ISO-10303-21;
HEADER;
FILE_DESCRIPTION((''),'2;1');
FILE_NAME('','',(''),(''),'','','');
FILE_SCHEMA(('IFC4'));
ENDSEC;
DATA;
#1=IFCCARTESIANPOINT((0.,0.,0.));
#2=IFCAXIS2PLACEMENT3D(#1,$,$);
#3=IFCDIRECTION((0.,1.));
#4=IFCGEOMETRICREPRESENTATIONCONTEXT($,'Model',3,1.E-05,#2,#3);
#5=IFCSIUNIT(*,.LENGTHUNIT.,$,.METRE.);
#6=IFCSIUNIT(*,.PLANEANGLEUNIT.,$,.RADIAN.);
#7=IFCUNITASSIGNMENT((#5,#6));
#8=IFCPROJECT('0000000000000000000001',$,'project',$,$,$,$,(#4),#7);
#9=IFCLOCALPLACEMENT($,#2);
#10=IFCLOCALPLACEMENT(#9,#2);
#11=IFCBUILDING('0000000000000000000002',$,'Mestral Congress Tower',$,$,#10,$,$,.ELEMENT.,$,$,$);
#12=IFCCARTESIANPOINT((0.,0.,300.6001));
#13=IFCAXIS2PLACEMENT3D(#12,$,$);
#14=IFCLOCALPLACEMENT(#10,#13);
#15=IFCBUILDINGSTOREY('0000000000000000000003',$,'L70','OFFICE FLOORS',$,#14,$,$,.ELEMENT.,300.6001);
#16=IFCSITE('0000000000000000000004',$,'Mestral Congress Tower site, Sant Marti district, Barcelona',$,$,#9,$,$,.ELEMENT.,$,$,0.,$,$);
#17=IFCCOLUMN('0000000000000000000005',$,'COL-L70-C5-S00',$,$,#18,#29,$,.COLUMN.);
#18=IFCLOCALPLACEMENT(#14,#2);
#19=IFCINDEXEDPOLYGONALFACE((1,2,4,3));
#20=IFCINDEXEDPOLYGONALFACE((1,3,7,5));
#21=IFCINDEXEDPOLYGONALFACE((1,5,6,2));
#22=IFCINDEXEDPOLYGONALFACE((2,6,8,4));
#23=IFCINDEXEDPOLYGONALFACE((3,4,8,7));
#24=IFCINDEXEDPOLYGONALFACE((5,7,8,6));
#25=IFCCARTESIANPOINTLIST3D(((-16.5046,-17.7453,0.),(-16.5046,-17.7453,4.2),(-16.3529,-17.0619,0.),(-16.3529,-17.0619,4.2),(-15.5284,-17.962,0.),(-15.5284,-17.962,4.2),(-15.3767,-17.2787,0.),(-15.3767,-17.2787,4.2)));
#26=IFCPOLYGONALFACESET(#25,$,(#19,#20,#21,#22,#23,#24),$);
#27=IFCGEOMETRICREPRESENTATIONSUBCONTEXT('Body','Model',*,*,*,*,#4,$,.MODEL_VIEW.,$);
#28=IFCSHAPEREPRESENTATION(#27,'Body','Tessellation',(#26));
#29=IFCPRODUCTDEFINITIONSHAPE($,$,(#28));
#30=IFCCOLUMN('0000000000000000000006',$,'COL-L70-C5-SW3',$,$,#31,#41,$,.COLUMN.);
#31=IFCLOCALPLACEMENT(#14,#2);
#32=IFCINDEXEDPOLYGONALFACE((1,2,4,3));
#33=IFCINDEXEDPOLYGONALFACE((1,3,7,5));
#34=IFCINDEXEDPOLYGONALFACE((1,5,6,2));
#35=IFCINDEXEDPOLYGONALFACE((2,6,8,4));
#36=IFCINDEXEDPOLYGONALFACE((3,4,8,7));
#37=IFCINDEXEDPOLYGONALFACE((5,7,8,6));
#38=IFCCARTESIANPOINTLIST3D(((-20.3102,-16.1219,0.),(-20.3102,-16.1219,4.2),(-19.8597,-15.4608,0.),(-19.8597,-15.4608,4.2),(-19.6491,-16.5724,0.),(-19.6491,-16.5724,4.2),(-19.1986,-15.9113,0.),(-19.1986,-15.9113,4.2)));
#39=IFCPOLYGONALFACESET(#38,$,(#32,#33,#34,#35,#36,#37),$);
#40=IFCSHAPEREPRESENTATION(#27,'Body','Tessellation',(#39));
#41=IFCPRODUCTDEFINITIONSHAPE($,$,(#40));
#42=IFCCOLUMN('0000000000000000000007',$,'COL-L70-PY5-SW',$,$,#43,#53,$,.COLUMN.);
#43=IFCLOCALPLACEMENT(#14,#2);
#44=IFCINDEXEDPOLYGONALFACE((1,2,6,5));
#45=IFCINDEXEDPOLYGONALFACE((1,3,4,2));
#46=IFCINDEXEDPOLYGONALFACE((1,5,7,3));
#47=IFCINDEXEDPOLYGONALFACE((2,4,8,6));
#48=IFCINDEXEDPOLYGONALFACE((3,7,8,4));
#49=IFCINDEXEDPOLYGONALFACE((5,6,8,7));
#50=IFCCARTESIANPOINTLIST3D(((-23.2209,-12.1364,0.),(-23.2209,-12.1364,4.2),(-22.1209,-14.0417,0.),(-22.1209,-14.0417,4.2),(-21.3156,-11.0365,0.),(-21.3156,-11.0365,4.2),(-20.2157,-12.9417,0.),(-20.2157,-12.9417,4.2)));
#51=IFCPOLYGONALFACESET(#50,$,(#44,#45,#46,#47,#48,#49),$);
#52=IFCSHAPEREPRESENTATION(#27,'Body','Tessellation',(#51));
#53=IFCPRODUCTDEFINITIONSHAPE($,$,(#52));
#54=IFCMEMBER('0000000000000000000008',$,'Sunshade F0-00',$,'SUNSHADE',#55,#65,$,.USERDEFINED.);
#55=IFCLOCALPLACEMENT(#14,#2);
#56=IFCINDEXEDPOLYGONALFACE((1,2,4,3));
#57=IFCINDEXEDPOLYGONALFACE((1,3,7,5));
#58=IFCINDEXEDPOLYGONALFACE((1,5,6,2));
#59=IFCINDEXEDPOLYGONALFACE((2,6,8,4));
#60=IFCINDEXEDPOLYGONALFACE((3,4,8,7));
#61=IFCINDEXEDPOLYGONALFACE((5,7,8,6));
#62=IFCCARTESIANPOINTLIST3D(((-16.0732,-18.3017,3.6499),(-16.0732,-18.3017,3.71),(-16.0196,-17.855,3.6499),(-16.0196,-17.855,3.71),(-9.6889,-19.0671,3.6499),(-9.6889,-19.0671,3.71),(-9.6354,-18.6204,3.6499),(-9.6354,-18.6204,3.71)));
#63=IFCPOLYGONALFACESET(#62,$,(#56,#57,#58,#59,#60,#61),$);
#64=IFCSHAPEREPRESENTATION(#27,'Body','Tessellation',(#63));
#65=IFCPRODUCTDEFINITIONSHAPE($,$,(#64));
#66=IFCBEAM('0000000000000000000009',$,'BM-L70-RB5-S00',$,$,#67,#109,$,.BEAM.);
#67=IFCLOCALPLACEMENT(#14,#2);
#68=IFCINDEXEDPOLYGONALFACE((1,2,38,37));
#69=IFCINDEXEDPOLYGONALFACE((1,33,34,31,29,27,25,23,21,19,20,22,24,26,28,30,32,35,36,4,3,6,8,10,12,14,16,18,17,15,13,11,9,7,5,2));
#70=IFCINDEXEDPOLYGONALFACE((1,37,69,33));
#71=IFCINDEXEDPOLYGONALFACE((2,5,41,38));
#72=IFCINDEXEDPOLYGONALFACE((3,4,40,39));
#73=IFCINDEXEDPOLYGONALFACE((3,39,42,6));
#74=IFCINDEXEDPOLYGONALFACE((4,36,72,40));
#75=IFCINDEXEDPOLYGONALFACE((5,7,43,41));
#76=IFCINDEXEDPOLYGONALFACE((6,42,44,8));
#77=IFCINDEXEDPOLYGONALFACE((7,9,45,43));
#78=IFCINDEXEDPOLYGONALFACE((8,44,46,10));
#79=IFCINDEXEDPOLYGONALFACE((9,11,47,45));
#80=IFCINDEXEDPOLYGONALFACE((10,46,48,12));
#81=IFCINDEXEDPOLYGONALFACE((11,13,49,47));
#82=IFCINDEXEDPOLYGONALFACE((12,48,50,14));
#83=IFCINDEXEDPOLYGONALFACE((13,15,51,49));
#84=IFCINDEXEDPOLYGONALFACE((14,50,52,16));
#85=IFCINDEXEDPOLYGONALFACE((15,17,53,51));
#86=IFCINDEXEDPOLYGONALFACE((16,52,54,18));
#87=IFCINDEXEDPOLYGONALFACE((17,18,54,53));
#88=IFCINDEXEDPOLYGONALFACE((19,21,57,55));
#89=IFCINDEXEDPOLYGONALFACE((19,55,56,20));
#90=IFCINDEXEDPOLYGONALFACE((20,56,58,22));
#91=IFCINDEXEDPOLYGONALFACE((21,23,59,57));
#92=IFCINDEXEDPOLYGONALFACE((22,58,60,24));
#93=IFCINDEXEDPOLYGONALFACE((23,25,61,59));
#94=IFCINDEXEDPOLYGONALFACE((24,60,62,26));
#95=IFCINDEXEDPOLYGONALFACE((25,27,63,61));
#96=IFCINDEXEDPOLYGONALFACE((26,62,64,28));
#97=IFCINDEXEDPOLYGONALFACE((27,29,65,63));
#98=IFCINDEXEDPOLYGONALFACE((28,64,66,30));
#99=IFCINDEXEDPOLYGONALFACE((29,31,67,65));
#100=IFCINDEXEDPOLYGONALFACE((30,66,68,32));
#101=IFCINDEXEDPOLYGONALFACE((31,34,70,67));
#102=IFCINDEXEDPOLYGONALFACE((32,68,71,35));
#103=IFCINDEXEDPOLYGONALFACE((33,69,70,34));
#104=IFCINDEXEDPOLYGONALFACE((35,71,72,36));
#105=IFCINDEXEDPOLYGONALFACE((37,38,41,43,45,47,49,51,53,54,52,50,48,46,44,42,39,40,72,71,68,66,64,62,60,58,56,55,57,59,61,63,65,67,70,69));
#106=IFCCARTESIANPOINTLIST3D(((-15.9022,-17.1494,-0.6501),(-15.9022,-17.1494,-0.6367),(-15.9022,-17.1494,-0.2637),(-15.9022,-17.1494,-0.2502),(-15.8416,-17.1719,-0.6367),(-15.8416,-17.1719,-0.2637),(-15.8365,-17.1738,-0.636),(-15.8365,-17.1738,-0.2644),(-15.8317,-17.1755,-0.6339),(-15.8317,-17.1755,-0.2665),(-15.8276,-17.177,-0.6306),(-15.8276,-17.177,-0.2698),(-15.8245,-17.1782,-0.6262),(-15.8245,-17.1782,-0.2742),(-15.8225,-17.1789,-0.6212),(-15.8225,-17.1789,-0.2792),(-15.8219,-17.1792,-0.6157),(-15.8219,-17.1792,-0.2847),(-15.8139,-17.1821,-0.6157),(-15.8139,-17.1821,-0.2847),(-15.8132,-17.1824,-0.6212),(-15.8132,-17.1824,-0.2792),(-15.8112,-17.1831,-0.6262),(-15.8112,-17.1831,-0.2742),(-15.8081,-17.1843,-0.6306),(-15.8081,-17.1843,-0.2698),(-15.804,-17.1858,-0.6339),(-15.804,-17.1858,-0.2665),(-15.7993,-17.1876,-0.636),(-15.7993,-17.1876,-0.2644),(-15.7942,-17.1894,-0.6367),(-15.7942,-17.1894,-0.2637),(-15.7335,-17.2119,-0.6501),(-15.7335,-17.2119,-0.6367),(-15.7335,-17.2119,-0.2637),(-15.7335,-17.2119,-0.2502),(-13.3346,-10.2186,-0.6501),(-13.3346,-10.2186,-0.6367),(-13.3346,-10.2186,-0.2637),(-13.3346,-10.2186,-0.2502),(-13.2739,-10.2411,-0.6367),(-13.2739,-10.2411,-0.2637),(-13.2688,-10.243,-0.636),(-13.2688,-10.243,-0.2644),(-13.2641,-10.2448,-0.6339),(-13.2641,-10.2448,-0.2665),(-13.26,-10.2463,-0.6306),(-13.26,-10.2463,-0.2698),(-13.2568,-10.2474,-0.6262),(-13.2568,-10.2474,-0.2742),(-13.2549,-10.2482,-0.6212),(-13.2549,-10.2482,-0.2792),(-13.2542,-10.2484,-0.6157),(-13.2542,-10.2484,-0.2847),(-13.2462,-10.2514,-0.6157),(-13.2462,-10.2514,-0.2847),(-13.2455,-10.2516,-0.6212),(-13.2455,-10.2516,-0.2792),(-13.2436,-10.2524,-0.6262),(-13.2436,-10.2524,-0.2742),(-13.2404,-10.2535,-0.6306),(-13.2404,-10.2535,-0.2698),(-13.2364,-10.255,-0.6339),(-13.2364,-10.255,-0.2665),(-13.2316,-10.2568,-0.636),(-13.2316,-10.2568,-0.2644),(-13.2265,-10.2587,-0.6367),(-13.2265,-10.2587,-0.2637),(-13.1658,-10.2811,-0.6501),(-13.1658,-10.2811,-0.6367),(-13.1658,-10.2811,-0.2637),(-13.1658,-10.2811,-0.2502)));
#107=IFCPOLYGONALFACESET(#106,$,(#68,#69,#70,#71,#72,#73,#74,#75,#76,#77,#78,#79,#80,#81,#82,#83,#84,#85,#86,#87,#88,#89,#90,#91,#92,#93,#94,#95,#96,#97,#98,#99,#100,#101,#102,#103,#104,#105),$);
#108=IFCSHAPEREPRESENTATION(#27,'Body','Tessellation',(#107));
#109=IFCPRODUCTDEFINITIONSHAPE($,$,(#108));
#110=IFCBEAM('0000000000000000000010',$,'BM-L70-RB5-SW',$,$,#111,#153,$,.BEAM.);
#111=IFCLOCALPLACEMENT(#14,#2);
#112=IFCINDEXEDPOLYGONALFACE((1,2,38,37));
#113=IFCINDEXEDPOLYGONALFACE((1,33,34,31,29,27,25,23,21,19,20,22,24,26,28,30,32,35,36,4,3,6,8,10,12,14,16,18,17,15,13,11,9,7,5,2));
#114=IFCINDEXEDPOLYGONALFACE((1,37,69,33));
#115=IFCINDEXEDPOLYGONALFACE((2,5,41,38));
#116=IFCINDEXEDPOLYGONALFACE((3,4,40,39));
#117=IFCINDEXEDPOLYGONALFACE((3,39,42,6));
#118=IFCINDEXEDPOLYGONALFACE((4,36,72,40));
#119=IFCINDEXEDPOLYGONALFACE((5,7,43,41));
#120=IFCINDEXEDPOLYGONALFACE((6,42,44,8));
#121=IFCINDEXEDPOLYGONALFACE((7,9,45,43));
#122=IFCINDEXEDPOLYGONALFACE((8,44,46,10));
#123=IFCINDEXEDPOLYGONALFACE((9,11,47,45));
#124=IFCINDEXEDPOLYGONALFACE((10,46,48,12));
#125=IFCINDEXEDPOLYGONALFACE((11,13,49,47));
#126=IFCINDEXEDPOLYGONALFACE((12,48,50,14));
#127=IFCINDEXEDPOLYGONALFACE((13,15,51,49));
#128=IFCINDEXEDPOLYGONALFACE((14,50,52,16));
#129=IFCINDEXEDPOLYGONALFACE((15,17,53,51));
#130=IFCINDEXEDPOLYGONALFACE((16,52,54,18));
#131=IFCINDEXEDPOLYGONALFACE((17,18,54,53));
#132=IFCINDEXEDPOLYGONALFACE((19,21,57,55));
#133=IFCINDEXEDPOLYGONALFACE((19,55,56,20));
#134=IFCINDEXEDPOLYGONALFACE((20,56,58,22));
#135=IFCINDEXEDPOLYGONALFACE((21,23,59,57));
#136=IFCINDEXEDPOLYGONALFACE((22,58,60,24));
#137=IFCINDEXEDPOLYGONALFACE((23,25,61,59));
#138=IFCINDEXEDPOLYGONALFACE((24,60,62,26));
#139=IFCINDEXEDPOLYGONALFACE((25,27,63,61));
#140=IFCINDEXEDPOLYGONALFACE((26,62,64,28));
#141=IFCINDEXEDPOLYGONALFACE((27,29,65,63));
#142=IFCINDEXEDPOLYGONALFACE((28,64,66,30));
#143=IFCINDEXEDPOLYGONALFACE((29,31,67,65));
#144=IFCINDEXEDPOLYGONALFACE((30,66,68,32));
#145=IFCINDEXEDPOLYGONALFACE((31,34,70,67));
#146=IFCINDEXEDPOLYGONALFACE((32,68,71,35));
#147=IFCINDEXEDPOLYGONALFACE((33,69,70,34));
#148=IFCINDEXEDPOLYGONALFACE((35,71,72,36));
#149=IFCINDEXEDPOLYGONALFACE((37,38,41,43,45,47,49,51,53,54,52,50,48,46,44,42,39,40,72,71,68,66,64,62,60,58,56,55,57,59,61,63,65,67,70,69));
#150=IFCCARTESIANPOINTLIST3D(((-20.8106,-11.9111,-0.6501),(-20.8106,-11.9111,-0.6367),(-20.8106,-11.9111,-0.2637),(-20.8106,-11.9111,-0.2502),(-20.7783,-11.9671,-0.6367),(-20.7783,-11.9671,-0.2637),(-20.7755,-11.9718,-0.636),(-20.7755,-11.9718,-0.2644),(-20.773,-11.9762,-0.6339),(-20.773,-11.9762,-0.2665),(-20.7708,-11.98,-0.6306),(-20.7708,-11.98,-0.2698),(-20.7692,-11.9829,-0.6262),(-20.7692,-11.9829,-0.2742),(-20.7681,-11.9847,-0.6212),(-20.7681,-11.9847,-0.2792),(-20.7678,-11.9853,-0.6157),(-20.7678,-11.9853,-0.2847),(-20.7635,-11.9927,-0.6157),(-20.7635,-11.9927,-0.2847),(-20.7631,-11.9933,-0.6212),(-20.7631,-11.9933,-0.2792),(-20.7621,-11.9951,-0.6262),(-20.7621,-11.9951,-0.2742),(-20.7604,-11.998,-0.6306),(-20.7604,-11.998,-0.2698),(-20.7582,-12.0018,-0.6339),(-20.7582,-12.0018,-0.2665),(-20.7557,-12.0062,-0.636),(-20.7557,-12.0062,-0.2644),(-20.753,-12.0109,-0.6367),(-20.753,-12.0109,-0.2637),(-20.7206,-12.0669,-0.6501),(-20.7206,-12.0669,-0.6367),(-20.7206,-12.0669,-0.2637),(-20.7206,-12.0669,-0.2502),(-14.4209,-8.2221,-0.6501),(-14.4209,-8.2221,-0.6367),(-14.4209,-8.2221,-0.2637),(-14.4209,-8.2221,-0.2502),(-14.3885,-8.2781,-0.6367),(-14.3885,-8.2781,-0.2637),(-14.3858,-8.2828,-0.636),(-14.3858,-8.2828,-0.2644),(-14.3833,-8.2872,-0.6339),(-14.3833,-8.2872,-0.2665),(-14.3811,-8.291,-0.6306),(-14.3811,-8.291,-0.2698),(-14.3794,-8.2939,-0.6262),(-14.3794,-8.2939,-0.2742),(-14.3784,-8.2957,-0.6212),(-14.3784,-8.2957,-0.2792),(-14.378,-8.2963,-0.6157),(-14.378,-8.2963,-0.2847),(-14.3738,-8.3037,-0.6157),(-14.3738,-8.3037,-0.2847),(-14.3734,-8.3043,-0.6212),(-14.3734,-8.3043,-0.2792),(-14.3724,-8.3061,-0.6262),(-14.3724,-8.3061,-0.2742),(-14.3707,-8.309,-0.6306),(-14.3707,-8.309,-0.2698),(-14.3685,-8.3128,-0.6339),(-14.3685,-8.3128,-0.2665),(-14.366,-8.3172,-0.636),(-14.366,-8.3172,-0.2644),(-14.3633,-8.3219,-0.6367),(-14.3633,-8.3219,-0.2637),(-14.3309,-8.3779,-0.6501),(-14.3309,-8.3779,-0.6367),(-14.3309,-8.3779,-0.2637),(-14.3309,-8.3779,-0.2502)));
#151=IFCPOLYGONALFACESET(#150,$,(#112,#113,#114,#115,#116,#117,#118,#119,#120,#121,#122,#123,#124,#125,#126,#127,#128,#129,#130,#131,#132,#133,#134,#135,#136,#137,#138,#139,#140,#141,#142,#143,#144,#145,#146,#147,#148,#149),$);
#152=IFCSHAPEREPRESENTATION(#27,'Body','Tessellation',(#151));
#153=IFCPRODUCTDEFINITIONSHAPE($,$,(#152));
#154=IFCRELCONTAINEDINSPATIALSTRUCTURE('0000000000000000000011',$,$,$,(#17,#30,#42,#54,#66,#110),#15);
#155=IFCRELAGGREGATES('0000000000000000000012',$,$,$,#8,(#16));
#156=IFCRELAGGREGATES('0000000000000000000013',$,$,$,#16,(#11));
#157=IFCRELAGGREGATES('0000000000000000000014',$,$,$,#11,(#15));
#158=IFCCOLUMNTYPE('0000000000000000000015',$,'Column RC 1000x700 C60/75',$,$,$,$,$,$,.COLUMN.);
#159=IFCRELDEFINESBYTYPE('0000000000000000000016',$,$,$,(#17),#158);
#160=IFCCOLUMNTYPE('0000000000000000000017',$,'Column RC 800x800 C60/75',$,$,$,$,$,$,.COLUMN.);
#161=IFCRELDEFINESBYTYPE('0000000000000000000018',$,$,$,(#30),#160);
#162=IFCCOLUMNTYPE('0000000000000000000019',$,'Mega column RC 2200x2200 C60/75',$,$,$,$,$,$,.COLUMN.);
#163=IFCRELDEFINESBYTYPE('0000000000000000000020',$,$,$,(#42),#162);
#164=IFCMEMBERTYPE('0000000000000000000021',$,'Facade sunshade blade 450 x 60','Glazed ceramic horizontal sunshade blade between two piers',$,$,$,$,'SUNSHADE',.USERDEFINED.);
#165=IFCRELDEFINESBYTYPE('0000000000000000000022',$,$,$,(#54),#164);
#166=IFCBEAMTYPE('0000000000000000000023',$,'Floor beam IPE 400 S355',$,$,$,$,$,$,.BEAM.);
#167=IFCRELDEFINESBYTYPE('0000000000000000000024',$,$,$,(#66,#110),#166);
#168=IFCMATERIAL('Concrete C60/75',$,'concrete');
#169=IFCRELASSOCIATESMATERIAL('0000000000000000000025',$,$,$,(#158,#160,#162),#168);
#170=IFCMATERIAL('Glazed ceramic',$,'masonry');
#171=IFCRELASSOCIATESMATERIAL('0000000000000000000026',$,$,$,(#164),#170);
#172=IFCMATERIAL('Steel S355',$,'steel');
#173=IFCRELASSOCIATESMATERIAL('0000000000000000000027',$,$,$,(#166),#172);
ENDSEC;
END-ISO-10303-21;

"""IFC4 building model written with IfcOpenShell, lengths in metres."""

from ifc_helpers import new_model, si_unit, direction, frame, origin, origin_2d, place, context, subcontext, project, spatial, rectangle, i_section, extrude, material, material_profile, profile_set, type_object, element, save


model = new_model("IFC4")

# Units and contexts
model_context = context("Model", 3, precision=1e-05, world=origin(), true_north=direction((0.0, 1.0)))
body_context = subcontext(model_context, "Body", "Model", "MODEL_VIEW")
ifc_project = project(units=[si_unit("LENGTHUNIT", "METRE"), si_unit("PLANEANGLEUNIT", "RADIAN")], contexts=[model_context])

# Site, building, storey
site_placement = place(None, origin())
site = spatial("IfcSite", under=ifc_project, at=site_placement, Name="Mestral Congress Tower site, Sant Marti district, Barcelona", CompositionType="ELEMENT", RefElevation=0.0)
building_placement = place(site_placement, origin())
building = spatial("IfcBuilding", under=site, at=building_placement, Name="Mestral Congress Tower", CompositionType="ELEMENT")
storey_placement = place(building_placement, frame((0.0, 0.0, 300.6001)))
storey = spatial("IfcBuildingStorey", under=building, at=storey_placement, Name="L70", Description="OFFICE FLOORS", CompositionType="ELEMENT", Elevation=300.6001)

# Columns
ifc_material_1 = material(Name="Concrete C60/75", Category="concrete")
ifc_material_profile_1 = material_profile(ifc_material_1, rectangle(XDim=1.0, YDim=0.7, at=origin_2d()), Name="RC 1000x700")
ifc_profile_set_1 = profile_set([ifc_material_profile_1], Name="Concrete C60/75")
column_type_1 = type_object("IfcColumnType", Name="Column RC 1000x700 C60/75", PredefinedType="COLUMN", material=ifc_profile_set_1)
column_1_placement = place(storey_placement, frame((-15.9407, -17.512, 0.0), z_axis=(0.0, 0.0, 1.0), x_axis=(0.976234, -0.216721, 0.0)))
element("IfcColumn", 1, at=column_1_placement, inside=storey, type_object=column_type_1, Name="COL-L70-C5-S00", PredefinedType="COLUMN", context=body_context, shape_type="SweptSolid", body=[
    extrude(rectangle(XDim=1.0, YDim=0.7, at=origin_2d()), origin(), (0.0, 0.0, 1.0), 4.2),
])
ifc_material_profile_2 = material_profile(ifc_material_1, rectangle(XDim=0.8, YDim=0.8, at=origin_2d()), Name="RC 800x800")
ifc_profile_set_2 = profile_set([ifc_material_profile_2], Name="Concrete C60/75")
column_type_2 = type_object("IfcColumnType", Name="Column RC 800x800 C60/75", PredefinedType="COLUMN", material=ifc_profile_set_2)
column_2_placement = place(storey_placement, frame((-19.7544, -16.0166, 0.0), z_axis=(0.0, 0.0, 1.0), x_axis=(0.826363, -0.563138, 0.0)))
element("IfcColumn", 2, at=column_2_placement, inside=storey, type_object=column_type_2, Name="COL-L70-C5-SW3", PredefinedType="COLUMN", context=body_context, shape_type="SweptSolid", body=[
    extrude(rectangle(XDim=0.8, YDim=0.8, at=origin_2d()), origin(), (0.0, 0.0, 1.0), 4.2),
])
ifc_material_profile_3 = material_profile(ifc_material_1, rectangle(XDim=2.2, YDim=2.2, at=origin_2d()), Name="RC 2200x2200")
ifc_profile_set_3 = profile_set([ifc_material_profile_3], Name="Concrete C60/75")
column_type_3 = type_object("IfcColumnType", Name="Mega column RC 2200x2200 C60/75", PredefinedType="COLUMN", material=ifc_profile_set_3)
column_3_placement = place(storey_placement, frame((-21.7183, -12.5391, 0.0), z_axis=(0.0, 0.0, 1.0), x_axis=(-0.866025, -0.5, 0.0)))
element("IfcColumn", 3, at=column_3_placement, inside=storey, type_object=column_type_3, Name="COL-L70-PY5-SW", PredefinedType="COLUMN", context=body_context, shape_type="SweptSolid", body=[
    extrude(rectangle(XDim=2.2, YDim=2.2, at=origin_2d()), origin(), (0.0, 0.0, 1.0), 4.2),
])

# Member
ifc_material_2 = material(Name="Glazed ceramic", Category="masonry")
ifc_material_profile_4 = material_profile(ifc_material_2, rectangle(XDim=0.45, YDim=0.0601, at=origin_2d()), Name="Ceramic blade 450 x 60")
ifc_profile_set_4 = profile_set([ifc_material_profile_4], Name="Glazed ceramic")
member_type = type_object("IfcMemberType", Name="Facade sunshade blade 450 x 60", Description="Glazed ceramic horizontal sunshade blade between two piers", ElementType="SUNSHADE", PredefinedType="USERDEFINED", material=ifc_profile_set_4)
member_placement = place(storey_placement, frame((-16.0464, -18.0784, 3.6799), z_axis=(0.99289, -0.119033, 0.0), x_axis=(0.119033, 0.99289, 0.0)))
element("IfcMember", 4, at=member_placement, inside=storey, type_object=member_type, Name="Sunshade F0-00", ObjectType="SUNSHADE", PredefinedType="USERDEFINED", context=body_context, shape_type="SweptSolid", body=[
    extrude(rectangle(XDim=0.45, YDim=0.0601, at=origin_2d()), origin(), (0.0, 0.0, 1.0), 6.4299),
])

# Beams
ifc_material_3 = material(Name="Steel S355", Category="steel")
ifc_material_profile_5 = material_profile(ifc_material_3, i_section(OverallWidth=0.1799, OverallDepth=0.3999, WebThickness=0.0085, FlangeThickness=0.0134, FilletRadius=0.021, at=origin_2d()), Name="IPE 400")
ifc_profile_set_5 = profile_set([ifc_material_profile_5], Name="Steel S355")
beam_type_1 = type_object("IfcBeamType", Name="Floor beam IPE 400 S355", PredefinedType="BEAM", material=ifc_profile_set_5)
beam_1_placement = place(storey_placement, frame((-15.8179, -17.1807, -0.4502), z_axis=(0.347399, 0.937717, 0.0), x_axis=(-0.937717, 0.347399, 0.0)))
element("IfcBeam", 5, at=beam_1_placement, inside=storey, type_object=beam_type_1, Name="BM-L70-RB5-S00", PredefinedType="BEAM", context=body_context, shape_type="SweptSolid", body=[
    extrude(i_section(OverallWidth=0.1799, OverallDepth=0.3999, WebThickness=0.0085, FlangeThickness=0.0134, FilletRadius=0.021, at=origin_2d()), origin(), (0.0, 0.0, 1.0), 7.3911),
])
beam_2_placement = place(storey_placement, frame((-20.7656, -11.989, -0.4502), z_axis=(0.866031, 0.49999, 0.0), x_axis=(-0.49999, 0.866031, 0.0)))
element("IfcBeam", 6, at=beam_2_placement, inside=storey, type_object=beam_type_1, Name="BM-L70-RB5-SW", PredefinedType="BEAM", context=body_context, shape_type="SweptSolid", body=[
    extrude(i_section(OverallWidth=0.1799, OverallDepth=0.3999, WebThickness=0.0085, FlangeThickness=0.0134, FilletRadius=0.021, at=origin_2d()), origin(), (0.0, 0.0, 1.0), 7.3782),
])

save(model, "model.ifc")
